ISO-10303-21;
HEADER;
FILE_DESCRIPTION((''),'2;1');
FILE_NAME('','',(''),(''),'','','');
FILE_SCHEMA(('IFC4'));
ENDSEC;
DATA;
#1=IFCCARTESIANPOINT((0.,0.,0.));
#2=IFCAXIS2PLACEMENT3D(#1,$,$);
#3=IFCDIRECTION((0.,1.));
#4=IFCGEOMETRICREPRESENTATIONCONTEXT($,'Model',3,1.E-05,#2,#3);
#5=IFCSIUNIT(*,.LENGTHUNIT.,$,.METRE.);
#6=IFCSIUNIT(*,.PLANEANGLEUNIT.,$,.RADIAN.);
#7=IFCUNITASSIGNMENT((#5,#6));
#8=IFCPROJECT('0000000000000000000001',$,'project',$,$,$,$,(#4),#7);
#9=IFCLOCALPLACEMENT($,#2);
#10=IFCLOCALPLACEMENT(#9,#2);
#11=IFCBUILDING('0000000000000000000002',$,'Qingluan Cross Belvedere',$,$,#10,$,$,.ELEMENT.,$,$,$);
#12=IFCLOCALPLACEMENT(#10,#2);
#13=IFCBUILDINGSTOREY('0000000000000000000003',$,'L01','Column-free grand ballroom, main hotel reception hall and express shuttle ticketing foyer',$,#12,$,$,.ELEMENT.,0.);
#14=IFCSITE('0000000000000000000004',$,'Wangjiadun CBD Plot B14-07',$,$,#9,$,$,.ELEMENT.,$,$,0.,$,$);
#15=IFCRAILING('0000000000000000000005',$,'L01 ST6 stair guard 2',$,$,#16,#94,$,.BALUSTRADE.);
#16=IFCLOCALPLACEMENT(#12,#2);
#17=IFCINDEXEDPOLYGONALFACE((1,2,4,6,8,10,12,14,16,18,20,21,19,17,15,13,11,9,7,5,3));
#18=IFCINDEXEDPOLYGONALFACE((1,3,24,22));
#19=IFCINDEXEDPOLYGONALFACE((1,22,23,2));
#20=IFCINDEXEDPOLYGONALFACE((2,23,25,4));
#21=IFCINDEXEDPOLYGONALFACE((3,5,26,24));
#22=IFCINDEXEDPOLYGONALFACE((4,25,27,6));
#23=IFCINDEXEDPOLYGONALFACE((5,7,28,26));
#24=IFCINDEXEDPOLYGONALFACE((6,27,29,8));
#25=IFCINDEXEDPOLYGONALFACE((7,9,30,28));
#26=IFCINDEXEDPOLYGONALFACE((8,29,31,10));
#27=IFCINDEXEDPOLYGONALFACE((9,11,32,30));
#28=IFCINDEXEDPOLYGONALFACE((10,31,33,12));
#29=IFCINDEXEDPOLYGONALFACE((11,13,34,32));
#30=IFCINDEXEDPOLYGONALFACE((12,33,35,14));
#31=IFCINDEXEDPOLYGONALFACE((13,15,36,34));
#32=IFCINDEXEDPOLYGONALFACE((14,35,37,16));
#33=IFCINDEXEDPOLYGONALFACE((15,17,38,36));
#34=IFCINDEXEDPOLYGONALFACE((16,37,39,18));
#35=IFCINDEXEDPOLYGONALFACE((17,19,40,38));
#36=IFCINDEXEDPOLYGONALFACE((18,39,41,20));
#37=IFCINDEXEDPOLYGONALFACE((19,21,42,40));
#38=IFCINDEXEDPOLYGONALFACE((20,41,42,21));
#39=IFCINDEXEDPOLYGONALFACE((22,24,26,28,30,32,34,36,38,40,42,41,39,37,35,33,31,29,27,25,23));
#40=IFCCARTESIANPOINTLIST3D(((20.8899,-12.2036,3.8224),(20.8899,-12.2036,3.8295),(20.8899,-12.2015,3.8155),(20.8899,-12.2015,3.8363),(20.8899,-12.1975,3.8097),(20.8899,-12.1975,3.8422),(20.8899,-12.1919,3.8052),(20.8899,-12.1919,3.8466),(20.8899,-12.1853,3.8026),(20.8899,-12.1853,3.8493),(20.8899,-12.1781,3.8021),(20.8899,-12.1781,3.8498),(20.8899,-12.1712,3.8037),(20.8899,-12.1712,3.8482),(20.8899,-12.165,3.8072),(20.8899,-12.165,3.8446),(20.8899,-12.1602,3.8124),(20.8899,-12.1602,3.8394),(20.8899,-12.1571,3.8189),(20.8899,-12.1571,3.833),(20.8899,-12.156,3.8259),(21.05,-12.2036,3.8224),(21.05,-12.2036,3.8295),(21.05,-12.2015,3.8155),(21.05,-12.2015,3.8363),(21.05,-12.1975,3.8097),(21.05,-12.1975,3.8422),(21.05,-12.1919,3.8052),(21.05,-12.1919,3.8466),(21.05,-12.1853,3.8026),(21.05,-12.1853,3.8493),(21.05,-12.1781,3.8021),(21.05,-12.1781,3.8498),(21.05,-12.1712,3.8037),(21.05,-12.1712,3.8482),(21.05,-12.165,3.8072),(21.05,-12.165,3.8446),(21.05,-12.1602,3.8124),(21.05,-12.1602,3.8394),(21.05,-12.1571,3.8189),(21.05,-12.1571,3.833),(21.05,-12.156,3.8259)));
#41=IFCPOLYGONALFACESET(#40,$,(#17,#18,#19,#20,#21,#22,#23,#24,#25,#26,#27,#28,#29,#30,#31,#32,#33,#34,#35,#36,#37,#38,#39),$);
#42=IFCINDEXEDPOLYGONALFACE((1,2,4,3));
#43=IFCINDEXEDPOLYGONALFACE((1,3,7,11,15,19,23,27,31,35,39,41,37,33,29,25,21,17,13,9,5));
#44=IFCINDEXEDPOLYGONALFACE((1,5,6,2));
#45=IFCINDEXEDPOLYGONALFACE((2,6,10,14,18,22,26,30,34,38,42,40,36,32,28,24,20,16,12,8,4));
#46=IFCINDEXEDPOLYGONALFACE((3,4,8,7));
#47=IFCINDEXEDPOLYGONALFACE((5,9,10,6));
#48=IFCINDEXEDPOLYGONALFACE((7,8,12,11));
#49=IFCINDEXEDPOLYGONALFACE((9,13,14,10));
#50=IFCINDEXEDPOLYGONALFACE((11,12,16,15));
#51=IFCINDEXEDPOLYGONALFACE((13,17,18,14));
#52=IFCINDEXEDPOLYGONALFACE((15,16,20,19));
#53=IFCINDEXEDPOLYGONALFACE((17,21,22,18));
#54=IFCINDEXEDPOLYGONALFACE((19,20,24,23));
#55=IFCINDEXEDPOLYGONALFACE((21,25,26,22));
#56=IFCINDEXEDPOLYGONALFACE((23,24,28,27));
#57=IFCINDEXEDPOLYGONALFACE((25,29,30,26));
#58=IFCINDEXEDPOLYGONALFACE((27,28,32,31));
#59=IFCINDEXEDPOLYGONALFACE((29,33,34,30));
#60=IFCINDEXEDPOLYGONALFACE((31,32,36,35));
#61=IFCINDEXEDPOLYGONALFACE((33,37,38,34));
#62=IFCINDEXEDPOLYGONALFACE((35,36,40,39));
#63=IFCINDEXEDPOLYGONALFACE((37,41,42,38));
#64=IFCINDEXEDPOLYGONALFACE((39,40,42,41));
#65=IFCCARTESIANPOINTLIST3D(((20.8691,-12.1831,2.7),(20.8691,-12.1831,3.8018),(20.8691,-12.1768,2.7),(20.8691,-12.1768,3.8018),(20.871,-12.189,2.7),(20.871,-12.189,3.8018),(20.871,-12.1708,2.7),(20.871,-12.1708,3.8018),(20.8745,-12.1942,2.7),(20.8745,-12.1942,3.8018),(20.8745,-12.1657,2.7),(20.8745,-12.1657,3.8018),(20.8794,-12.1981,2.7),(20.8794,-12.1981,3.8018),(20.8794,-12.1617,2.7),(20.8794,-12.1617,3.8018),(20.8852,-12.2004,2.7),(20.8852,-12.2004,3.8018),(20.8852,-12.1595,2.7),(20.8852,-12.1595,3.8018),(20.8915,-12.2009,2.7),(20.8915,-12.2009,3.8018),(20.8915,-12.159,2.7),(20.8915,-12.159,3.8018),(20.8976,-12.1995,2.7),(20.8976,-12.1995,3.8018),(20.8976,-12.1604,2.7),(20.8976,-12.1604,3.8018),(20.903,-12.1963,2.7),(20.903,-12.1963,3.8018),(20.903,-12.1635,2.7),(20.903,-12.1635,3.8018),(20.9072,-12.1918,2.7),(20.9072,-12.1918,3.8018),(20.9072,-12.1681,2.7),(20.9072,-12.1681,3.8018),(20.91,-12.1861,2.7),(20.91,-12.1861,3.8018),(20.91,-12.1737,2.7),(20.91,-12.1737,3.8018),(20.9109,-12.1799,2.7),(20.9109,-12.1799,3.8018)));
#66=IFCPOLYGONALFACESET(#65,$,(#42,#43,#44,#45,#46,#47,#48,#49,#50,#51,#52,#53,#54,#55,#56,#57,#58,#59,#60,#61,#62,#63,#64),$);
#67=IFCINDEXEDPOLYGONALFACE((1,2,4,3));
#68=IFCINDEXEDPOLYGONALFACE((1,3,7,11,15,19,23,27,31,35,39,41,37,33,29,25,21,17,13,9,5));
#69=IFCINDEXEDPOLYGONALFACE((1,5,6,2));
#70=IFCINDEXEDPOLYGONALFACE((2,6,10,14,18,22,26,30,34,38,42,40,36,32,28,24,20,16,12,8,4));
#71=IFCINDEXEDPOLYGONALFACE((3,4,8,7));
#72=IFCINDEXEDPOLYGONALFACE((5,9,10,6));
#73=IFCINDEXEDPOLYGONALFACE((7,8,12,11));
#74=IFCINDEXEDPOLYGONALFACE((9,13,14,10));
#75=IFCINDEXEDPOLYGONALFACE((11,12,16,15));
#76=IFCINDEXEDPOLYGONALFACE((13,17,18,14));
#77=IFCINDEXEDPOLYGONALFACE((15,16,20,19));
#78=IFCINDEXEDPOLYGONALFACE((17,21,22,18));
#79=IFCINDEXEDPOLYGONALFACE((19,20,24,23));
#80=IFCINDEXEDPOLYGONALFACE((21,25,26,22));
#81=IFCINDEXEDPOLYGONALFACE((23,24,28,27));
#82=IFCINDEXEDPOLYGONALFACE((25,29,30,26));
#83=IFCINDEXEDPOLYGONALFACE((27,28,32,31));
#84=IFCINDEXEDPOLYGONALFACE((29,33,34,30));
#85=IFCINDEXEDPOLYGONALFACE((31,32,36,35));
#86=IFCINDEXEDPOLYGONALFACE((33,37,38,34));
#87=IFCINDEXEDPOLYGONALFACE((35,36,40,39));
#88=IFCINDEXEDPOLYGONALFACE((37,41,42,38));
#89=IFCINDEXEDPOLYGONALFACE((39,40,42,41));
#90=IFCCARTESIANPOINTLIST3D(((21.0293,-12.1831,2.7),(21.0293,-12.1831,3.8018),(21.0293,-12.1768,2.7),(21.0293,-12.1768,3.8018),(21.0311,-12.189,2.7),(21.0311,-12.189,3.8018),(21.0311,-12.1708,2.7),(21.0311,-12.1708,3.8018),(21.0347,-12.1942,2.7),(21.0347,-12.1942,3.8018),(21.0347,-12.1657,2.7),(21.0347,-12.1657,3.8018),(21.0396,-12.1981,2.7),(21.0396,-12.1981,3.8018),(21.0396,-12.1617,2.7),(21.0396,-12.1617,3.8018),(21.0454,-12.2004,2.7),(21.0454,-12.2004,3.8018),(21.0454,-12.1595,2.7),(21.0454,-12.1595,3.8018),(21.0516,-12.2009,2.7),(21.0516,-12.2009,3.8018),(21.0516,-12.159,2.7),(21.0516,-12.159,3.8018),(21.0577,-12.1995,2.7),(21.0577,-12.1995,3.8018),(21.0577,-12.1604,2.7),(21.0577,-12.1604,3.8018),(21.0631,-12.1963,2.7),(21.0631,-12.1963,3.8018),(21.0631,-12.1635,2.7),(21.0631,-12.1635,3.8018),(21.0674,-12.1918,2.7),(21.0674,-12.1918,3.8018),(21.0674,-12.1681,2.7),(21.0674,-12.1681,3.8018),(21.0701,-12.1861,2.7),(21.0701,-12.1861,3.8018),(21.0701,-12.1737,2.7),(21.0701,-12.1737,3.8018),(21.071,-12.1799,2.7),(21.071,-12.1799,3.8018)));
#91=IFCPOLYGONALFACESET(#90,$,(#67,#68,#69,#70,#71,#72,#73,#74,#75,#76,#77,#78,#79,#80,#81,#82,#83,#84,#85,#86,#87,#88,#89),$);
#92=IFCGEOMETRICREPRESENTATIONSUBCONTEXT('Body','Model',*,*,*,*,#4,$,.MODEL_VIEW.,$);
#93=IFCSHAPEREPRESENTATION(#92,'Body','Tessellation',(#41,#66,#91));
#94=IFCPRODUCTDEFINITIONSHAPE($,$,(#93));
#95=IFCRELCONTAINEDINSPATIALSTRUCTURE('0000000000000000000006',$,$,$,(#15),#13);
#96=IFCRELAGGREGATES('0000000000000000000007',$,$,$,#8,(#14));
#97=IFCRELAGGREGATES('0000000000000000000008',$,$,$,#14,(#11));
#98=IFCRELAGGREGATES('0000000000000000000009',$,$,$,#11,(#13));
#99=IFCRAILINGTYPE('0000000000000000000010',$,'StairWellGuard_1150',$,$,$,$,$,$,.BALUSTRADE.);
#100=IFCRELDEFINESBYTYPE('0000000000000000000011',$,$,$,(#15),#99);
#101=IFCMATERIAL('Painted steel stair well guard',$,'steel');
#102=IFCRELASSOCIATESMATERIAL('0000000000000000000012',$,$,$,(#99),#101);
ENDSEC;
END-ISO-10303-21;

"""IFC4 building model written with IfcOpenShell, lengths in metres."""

from ifc_helpers import new_model, si_unit, direction, frame, origin, origin_2d, place, context, subcontext, project, spatial, circle, extrude, material, type_object, element, save


model = new_model("IFC4")

# Units and contexts
model_context = context("Model", 3, precision=1e-05, world=origin(), true_north=direction((0.0, 1.0)))
body_context = subcontext(model_context, "Body", "Model", "MODEL_VIEW")
ifc_project = project(units=[si_unit("LENGTHUNIT", "METRE"), si_unit("PLANEANGLEUNIT", "RADIAN")], contexts=[model_context])

# Site, building, storey
site_placement = place(None, origin())
site = spatial("IfcSite", under=ifc_project, at=site_placement, Name="Wangjiadun CBD Plot B14-07", CompositionType="ELEMENT", RefElevation=0.0)
building_placement = place(site_placement, origin())
building = spatial("IfcBuilding", under=site, at=building_placement, Name="Qingluan Cross Belvedere", CompositionType="ELEMENT")
storey_placement = place(building_placement, origin())
storey = spatial("IfcBuildingStorey", under=building, at=storey_placement, Name="L01", Description="Column-free grand ballroom, main hotel reception hall and express shuttle ticketing foyer", CompositionType="ELEMENT", Elevation=0.0)

# Railing
ifc_material_1 = material(Name="Painted steel stair well guard", Category="steel")
railing_type_1 = type_object("IfcRailingType", Name="StairWellGuard_1150", PredefinedType="BALUSTRADE", material=ifc_material_1)
railing_1_placement = place(storey_placement, frame((20.8899, -12.1799, 2.7)))
element("IfcRailing", 1, at=railing_1_placement, inside=storey, type_object=railing_type_1, Name="L01 ST6 stair guard 2", PredefinedType="BALUSTRADE", context=body_context, shape_type="SweptSolid", body=[
    extrude(circle(Radius=0.0239, at=origin_2d()), frame((0.0, 0.0, 1.126), z_axis=(1.0, 0.0, 0.0), x_axis=(0.0, 1.0, 0.0)), (0.0, 0.0, 1.0), 0.1602),
    extrude(circle(Radius=0.021, at=origin_2d()), origin(), (0.0, 0.0, 1.0), 1.1018),
    extrude(circle(Radius=0.021, at=origin_2d()), frame((0.1602, 0.0, 0.0)), (0.0, 0.0, 1.0), 1.1018),
])

save(model, "model.ifc")
